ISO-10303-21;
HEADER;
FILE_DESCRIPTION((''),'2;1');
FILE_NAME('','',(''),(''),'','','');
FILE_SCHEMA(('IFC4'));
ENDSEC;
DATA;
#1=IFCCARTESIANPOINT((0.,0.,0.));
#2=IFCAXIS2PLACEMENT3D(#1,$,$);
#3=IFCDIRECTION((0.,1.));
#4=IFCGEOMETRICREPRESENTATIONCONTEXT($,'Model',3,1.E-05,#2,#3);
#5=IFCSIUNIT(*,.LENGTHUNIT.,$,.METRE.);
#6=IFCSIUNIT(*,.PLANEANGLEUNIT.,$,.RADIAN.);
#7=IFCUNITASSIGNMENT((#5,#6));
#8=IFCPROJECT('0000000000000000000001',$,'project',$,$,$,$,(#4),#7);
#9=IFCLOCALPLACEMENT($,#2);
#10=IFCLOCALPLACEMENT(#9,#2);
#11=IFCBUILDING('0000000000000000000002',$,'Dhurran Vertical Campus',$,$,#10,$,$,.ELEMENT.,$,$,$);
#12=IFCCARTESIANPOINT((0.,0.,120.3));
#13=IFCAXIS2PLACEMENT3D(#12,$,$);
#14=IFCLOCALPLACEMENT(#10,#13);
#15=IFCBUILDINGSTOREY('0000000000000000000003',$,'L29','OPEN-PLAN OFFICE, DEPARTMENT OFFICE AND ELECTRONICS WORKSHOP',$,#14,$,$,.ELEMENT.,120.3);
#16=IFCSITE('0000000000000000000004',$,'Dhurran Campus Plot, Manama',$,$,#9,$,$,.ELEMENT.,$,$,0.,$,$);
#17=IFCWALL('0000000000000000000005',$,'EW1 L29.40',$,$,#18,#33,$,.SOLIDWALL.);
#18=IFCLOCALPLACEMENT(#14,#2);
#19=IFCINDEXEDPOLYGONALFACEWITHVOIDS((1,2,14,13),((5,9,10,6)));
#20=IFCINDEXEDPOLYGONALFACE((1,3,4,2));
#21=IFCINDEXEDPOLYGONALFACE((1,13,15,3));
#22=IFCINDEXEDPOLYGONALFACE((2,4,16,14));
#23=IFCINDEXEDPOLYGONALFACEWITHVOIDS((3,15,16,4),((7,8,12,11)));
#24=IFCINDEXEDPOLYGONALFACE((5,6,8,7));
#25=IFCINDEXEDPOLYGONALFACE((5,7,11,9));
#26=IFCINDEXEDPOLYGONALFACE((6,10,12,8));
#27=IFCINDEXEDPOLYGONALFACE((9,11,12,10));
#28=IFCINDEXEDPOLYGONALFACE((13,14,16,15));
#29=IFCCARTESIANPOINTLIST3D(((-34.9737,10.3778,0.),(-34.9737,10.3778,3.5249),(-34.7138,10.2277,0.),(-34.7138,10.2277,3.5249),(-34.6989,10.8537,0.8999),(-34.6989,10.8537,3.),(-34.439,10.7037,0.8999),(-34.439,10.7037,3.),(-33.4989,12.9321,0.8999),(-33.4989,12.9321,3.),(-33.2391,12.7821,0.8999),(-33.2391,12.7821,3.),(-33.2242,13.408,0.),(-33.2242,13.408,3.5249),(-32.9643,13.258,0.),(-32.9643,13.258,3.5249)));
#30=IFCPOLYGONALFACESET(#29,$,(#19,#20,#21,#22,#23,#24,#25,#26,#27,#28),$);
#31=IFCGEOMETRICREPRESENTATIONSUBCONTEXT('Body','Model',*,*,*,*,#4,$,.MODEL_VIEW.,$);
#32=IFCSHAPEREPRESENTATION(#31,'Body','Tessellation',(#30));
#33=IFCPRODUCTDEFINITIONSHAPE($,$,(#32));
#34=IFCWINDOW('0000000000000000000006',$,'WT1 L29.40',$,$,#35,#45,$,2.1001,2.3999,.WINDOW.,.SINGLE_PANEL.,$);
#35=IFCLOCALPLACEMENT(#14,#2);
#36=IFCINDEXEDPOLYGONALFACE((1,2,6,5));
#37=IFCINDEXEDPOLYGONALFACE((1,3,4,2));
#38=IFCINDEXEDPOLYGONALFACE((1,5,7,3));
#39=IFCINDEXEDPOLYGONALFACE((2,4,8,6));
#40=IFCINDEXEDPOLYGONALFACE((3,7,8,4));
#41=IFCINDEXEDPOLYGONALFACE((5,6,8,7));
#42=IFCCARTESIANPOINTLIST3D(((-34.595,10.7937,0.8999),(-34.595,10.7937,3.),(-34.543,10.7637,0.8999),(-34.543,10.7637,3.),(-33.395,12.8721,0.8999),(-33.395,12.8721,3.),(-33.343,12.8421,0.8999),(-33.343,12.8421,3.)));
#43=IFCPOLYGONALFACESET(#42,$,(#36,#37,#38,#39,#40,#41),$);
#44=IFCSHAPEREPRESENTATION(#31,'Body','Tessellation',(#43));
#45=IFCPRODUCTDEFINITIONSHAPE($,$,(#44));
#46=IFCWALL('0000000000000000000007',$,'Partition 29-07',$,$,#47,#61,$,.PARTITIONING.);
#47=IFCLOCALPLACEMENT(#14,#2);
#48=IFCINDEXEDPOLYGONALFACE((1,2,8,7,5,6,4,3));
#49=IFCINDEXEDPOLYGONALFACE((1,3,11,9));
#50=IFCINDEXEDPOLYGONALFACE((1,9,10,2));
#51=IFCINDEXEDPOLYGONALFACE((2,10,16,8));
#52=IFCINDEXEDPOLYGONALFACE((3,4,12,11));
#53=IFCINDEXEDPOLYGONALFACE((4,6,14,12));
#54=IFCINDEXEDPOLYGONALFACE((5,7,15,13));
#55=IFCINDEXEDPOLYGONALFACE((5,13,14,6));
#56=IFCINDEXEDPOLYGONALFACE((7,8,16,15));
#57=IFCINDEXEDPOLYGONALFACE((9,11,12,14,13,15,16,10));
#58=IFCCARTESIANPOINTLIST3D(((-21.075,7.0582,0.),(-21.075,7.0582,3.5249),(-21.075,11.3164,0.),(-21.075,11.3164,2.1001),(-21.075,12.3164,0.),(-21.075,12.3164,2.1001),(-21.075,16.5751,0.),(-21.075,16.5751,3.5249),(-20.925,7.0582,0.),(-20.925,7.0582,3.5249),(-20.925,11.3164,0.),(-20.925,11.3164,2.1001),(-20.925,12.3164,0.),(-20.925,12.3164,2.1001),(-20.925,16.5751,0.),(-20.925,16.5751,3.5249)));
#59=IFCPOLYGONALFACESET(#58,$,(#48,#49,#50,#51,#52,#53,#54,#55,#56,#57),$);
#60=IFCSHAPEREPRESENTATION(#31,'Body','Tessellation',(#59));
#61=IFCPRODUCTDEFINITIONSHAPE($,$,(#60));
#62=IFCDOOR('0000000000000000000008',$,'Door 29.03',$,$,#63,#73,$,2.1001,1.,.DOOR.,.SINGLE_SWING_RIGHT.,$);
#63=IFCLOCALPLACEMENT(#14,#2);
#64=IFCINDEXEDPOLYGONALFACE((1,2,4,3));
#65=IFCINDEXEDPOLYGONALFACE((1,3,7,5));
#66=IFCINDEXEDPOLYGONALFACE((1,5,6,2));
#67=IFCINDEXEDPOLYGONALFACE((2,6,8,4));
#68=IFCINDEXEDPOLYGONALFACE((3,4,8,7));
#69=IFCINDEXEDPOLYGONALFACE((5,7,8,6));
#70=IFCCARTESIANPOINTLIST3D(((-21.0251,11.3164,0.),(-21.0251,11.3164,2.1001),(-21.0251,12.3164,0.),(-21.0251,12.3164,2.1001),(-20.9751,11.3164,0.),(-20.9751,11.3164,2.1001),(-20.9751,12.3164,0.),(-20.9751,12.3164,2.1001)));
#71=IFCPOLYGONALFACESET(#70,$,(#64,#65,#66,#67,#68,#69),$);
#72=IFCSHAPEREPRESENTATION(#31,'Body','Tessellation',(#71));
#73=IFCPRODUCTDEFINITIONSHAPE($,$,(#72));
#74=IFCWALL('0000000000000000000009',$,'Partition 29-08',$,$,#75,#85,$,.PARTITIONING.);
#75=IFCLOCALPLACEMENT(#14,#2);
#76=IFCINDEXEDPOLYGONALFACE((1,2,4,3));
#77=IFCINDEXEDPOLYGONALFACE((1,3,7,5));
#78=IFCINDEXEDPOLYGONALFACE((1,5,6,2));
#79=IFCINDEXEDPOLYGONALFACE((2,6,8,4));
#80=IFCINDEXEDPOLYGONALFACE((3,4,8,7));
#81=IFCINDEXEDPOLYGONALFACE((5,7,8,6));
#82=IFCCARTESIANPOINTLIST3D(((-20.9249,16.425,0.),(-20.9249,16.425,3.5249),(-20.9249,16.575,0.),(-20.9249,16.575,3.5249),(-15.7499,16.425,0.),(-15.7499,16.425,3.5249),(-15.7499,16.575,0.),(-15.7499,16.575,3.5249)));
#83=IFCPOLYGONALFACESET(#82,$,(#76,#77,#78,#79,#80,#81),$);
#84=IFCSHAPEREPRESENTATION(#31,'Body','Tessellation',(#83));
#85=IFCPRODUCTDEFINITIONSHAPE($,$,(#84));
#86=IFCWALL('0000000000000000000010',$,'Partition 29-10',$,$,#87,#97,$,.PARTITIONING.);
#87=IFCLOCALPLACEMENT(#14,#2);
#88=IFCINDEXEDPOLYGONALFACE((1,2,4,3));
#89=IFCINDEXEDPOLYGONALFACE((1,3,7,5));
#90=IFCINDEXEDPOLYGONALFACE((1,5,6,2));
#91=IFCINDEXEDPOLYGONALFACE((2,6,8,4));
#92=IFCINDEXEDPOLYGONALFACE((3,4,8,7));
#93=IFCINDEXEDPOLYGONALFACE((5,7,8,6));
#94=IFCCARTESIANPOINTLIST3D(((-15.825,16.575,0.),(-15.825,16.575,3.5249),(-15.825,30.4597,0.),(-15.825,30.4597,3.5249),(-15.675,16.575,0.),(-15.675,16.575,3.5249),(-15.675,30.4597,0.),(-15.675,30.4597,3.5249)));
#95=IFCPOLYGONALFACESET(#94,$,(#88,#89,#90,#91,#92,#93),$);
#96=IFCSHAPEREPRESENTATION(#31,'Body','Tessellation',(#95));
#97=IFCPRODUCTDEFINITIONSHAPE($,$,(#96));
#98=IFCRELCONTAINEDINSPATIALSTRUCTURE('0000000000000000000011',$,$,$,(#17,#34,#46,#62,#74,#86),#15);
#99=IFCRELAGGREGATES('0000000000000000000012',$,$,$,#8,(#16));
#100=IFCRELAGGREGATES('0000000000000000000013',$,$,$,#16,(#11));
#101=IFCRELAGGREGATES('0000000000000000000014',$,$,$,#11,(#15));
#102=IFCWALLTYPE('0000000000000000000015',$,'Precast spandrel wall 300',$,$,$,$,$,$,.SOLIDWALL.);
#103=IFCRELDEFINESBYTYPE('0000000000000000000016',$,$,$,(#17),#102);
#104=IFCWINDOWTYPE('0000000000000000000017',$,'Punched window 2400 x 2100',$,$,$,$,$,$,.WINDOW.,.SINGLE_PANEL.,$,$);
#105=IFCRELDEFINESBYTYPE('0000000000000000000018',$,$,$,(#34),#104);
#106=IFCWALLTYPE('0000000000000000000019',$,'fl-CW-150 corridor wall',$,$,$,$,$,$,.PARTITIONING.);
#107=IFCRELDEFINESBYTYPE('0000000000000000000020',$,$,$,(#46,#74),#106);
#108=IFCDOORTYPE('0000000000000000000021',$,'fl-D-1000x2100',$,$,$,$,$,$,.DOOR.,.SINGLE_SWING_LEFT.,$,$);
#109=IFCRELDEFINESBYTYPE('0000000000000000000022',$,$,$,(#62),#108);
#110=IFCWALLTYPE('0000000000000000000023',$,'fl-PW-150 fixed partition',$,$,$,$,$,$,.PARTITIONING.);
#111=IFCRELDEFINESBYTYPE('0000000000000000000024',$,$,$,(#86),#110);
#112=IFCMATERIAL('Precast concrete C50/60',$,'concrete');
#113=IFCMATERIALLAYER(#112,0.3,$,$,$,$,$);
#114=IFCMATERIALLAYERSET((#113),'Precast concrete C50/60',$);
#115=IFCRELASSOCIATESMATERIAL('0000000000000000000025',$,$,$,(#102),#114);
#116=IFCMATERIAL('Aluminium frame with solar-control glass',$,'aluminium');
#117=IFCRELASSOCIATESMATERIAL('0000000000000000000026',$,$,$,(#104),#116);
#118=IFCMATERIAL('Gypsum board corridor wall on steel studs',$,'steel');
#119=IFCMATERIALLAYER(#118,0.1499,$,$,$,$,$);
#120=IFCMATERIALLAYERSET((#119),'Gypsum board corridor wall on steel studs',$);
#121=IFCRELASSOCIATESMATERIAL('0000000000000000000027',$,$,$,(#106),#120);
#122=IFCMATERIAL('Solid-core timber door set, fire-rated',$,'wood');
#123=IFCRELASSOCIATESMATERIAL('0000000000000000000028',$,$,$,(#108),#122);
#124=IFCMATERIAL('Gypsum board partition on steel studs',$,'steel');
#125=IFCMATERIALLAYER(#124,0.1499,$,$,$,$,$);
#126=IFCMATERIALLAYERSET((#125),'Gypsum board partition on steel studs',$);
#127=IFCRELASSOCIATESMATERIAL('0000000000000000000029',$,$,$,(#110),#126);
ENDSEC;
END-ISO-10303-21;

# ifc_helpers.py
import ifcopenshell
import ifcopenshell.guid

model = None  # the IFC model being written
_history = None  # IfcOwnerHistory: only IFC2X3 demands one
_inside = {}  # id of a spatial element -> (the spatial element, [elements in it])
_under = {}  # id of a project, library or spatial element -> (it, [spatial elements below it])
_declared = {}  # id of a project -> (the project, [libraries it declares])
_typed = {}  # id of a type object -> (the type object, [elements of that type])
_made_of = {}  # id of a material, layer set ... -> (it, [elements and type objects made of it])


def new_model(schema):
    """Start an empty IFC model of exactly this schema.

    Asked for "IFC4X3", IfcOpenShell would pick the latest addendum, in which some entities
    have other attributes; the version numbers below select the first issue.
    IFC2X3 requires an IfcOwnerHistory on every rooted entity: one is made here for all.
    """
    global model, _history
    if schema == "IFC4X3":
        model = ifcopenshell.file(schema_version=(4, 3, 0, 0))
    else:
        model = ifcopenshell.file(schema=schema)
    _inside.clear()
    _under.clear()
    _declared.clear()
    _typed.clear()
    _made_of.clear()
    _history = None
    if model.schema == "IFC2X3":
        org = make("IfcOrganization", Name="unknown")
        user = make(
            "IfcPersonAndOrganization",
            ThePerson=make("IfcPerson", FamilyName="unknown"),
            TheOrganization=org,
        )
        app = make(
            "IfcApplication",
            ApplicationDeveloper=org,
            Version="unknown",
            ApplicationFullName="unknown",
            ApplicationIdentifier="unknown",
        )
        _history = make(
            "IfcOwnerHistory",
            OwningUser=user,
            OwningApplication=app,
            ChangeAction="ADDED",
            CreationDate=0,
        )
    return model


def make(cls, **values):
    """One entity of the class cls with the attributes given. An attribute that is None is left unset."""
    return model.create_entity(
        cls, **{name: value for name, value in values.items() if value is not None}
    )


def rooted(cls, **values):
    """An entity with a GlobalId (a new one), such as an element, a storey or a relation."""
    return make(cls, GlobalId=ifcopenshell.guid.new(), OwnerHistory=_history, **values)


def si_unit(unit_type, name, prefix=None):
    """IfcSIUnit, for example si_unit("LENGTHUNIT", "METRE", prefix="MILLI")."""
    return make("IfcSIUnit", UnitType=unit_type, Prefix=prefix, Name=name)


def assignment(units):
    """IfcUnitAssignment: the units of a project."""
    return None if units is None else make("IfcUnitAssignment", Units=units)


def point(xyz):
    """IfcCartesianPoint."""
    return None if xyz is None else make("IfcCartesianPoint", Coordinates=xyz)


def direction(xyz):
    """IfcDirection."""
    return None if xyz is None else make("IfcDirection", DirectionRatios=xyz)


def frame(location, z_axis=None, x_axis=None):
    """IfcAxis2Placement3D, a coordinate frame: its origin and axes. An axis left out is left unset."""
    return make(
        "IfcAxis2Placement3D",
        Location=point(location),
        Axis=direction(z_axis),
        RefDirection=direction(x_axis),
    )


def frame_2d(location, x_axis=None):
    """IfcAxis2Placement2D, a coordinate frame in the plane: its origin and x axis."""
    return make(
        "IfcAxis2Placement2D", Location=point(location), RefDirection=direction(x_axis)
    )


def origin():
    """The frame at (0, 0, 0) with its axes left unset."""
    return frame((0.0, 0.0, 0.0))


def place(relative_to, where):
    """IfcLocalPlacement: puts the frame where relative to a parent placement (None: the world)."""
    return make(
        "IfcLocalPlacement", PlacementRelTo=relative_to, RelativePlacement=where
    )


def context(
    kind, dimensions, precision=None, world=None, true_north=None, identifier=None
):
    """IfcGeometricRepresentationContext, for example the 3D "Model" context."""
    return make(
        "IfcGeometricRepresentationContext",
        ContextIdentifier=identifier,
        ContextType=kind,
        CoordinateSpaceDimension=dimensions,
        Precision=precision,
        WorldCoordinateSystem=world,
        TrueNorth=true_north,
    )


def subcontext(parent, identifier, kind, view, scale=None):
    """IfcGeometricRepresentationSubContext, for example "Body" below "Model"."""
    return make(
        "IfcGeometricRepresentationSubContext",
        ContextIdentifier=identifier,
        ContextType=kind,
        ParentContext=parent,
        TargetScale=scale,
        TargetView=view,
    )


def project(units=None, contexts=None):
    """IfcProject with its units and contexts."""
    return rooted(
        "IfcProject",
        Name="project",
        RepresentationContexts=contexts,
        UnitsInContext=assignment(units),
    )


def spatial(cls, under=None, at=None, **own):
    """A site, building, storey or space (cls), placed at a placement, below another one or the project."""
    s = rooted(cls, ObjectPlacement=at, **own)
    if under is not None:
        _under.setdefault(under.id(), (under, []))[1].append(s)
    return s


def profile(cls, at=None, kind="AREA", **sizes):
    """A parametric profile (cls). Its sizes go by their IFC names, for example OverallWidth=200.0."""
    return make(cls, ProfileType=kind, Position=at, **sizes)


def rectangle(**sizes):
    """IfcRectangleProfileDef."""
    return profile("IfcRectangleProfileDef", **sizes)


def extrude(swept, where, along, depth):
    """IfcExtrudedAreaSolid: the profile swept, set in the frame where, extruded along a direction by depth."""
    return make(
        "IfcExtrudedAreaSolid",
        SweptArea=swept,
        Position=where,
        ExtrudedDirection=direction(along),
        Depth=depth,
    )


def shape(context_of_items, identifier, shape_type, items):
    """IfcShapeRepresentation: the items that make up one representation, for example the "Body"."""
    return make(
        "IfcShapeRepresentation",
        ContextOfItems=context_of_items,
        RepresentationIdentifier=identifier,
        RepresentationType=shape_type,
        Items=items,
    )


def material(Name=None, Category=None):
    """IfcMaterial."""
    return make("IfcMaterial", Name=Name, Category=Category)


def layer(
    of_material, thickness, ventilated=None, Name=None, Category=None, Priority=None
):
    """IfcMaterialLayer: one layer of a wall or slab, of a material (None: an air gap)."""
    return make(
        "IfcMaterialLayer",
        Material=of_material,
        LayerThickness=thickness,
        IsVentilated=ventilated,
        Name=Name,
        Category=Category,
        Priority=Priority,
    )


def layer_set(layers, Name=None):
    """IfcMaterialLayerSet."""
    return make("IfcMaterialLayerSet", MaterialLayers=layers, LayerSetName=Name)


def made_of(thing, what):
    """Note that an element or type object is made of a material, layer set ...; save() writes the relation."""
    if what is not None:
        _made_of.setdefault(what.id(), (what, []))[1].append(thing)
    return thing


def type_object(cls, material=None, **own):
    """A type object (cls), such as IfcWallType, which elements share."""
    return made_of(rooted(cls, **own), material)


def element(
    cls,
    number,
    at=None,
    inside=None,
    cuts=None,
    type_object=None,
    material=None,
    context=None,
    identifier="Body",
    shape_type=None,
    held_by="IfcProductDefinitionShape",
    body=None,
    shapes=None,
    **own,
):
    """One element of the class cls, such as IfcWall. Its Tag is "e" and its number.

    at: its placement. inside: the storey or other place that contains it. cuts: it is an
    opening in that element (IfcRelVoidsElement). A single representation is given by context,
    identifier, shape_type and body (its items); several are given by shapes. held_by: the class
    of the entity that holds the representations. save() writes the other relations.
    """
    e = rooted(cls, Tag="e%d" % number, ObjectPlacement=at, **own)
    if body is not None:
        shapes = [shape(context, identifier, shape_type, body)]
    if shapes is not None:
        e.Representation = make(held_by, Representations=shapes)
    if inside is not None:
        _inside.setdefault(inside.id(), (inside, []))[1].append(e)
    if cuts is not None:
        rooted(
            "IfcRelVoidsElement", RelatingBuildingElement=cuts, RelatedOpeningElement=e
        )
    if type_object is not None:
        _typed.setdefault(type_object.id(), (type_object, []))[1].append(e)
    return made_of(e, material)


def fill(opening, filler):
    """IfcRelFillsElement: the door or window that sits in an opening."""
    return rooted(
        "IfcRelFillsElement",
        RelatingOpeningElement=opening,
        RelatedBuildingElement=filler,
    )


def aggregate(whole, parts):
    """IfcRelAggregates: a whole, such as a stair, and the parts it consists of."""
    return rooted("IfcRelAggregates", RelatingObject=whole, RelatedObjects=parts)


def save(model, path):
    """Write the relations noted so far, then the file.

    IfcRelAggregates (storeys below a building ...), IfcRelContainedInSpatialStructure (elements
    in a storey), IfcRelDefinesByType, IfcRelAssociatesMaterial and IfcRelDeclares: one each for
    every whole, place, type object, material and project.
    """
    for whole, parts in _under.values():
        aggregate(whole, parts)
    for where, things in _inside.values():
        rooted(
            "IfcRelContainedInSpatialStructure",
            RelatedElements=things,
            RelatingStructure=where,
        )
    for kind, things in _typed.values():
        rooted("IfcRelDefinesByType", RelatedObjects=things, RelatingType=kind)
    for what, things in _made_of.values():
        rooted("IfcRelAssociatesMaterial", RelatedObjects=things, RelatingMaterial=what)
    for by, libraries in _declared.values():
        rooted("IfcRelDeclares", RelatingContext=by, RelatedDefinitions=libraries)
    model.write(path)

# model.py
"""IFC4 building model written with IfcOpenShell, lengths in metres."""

from ifc_helpers import new_model, si_unit, direction, frame, frame_2d, origin, place, context, subcontext, project, spatial, rectangle, extrude, material, layer, layer_set, type_object, element, fill, save


model = new_model("IFC4")

# Units and contexts
model_context = context("Model", 3, precision=1e-05, world=origin(), true_north=direction((0.0, 1.0)))
body_context = subcontext(model_context, "Body", "Model", "MODEL_VIEW")
ifc_project = project(units=[si_unit("LENGTHUNIT", "METRE"), si_unit("PLANEANGLEUNIT", "RADIAN")], contexts=[model_context])

# Site, building, storey
site_placement = place(None, origin())
site = spatial("IfcSite", under=ifc_project, at=site_placement, Name="Dhurran Campus Plot, Manama", CompositionType="ELEMENT", RefElevation=0.0)
building_placement = place(site_placement, origin())
building = spatial("IfcBuilding", under=site, at=building_placement, Name="Dhurran Vertical Campus", CompositionType="ELEMENT")
storey_placement = place(building_placement, frame((0.0, 0.0, 120.3)))
storey = spatial("IfcBuildingStorey", under=building, at=storey_placement, Name="L29", Description="OPEN-PLAN OFFICE, DEPARTMENT OFFICE AND ELECTRONICS WORKSHOP", CompositionType="ELEMENT", Elevation=120.3)

# Wall, opening, window
ifc_material_1 = material(Name="Precast concrete C50/60", Category="concrete")
ifc_layer_1 = layer(ifc_material_1, 0.3)
ifc_layer_set_1 = layer_set([ifc_layer_1], Name="Precast concrete C50/60")
wall_type_1 = type_object("IfcWallType", Name="Precast spandrel wall 300", PredefinedType="SOLIDWALL", material=ifc_layer_set_1)
ifc_material_2 = material(Name="Aluminium frame with solar-control glass", Category="aluminium")
window_type = type_object("IfcWindowType", Name="Punched window 2400 x 2100", PartitioningType="SINGLE_PANEL", PredefinedType="WINDOW", material=ifc_material_2)
wall_1_placement = place(storey_placement, frame((-33.0942, 13.333, 0.0), z_axis=(0.0, 0.0, 1.0), x_axis=(-0.499996, -0.866028, 0.0)))
wall_1 = element("IfcWall", 1, at=wall_1_placement, inside=storey, type_object=wall_type_1, Name="EW1 L29.40", PredefinedType="SOLIDWALL", context=body_context, shape_type="SweptSolid", body=[
    extrude(rectangle(XDim=3.499, YDim=0.3, at=frame_2d((1.7495, 0.0))), origin(), (0.0, 0.0, 1.0), 3.5249),
])
opening_1_placement = place(wall_1_placement, frame((0.5496, 0.0, 0.8999)))
opening_1 = element("IfcOpeningElement", 2, at=opening_1_placement, cuts=wall_1, PredefinedType="OPENING", context=body_context, shape_type="SweptSolid", body=[
    extrude(rectangle(XDim=2.3999, YDim=2.1001, at=frame_2d((1.2, 1.05))), frame((0.0, 0.1599, 0.0), z_axis=(0.0, -1.0, 0.0), x_axis=(1.0, 0.0, 0.0)), (0.0, 0.0, 1.0), 0.3201),
])
window_1_placement = place(opening_1_placement, origin())
window_1 = element("IfcWindow", 3, at=window_1_placement, inside=storey, type_object=window_type, Name="WT1 L29.40", OverallHeight=2.1001, OverallWidth=2.3999, PartitioningType="SINGLE_PANEL", PredefinedType="WINDOW", context=body_context, shape_type="SweptSolid", body=[
    extrude(rectangle(XDim=2.3999, YDim=2.1001, at=frame_2d((1.2, 1.05))), frame((0.0, 0.03, 0.0), z_axis=(0.0, -1.0, 0.0), x_axis=(1.0, 0.0, 0.0)), (0.0, 0.0, 1.0), 0.0601),
])
fill(opening_1, window_1)

# Wall, opening, door
ifc_material_3 = material(Name="Gypsum board corridor wall on steel studs", Category="steel")
ifc_layer_2 = layer(ifc_material_3, 0.1499)
ifc_layer_set_2 = layer_set([ifc_layer_2], Name="Gypsum board corridor wall on steel studs")
wall_type_2 = type_object("IfcWallType", Name="fl-CW-150 corridor wall", PredefinedType="PARTITIONING", material=ifc_layer_set_2)
wall_2_placement = place(storey_placement, frame((-21.0, 16.575, 0.0), z_axis=(0.0, 0.0, 1.0), x_axis=(0.0, -1.0, 0.0)))
wall_2 = element("IfcWall", 4, at=wall_2_placement, inside=storey, type_object=wall_type_2, Name="Partition 29-07", PredefinedType="PARTITIONING", context=body_context, shape_type="SweptSolid", body=[
    extrude(rectangle(XDim=9.5168, YDim=0.1499, at=frame_2d((4.7583, 0.0))), origin(), (0.0, 0.0, 1.0), 3.5249),
])
opening_2_placement = place(wall_2_placement, frame((4.2585, 0.0, 0.0)))
opening_2 = element("IfcOpeningElement", 5, at=opening_2_placement, cuts=wall_2, PredefinedType="OPENING", context=body_context, shape_type="SweptSolid", body=[
    extrude(rectangle(XDim=1.0, YDim=2.1001, at=frame_2d((0.5, 1.05))), frame((0.0, 0.085, 0.0), z_axis=(0.0, -1.0, 0.0), x_axis=(1.0, 0.0, 0.0)), (0.0, 0.0, 1.0), 0.1699),
])
ifc_material_4 = material(Name="Solid-core timber door set, fire-rated", Category="wood")
door_type = type_object("IfcDoorType", Name="fl-D-1000x2100", OperationType="SINGLE_SWING_LEFT", PredefinedType="DOOR", material=ifc_material_4)
door_placement = place(opening_2_placement, origin())
door = element("IfcDoor", 6, at=door_placement, inside=storey, type_object=door_type, Name="Door 29.03", OperationType="SINGLE_SWING_RIGHT", OverallHeight=2.1001, OverallWidth=1.0, PredefinedType="DOOR", context=body_context, shape_type="SweptSolid", body=[
    extrude(rectangle(XDim=1.0, YDim=2.1001, at=frame_2d((0.5, 1.05))), frame((0.0, 0.0249, 0.0), z_axis=(0.0, -1.0, 0.0), x_axis=(1.0, 0.0, 0.0)), (0.0, 0.0, 1.0), 0.05),
])
fill(opening_2, door)

# Walls
wall_3_placement = place(storey_placement, frame((-15.75, 16.5, 0.0), z_axis=(0.0, 0.0, 1.0), x_axis=(-1.0, 0.0, 0.0)))
element("IfcWall", 7, at=wall_3_placement, inside=storey, type_object=wall_type_2, Name="Partition 29-08", PredefinedType="PARTITIONING", context=body_context, shape_type="SweptSolid", body=[
    extrude(rectangle(XDim=5.175, YDim=0.1499, at=frame_2d((2.5874, 0.0))), origin(), (0.0, 0.0, 1.0), 3.5249),
])
ifc_material_5 = material(Name="Gypsum board partition on steel studs", Category="steel")
ifc_layer_3 = layer(ifc_material_5, 0.1499)
ifc_layer_set_3 = layer_set([ifc_layer_3], Name="Gypsum board partition on steel studs")
wall_type_3 = type_object("IfcWallType", Name="fl-PW-150 fixed partition", PredefinedType="PARTITIONING", material=ifc_layer_set_3)
wall_4_placement = place(storey_placement, frame((-15.75, 30.4597, 0.0), z_axis=(0.0, 0.0, 1.0), x_axis=(0.0, -1.0, 0.0)))
element("IfcWall", 8, at=wall_4_placement, inside=storey, type_object=wall_type_3, Name="Partition 29-10", PredefinedType="PARTITIONING", context=body_context, shape_type="SweptSolid", body=[
    extrude(rectangle(XDim=13.8848, YDim=0.1499, at=frame_2d((6.9424, 0.0))), origin(), (0.0, 0.0, 1.0), 3.5249),
])

save(model, "model.ifc")
